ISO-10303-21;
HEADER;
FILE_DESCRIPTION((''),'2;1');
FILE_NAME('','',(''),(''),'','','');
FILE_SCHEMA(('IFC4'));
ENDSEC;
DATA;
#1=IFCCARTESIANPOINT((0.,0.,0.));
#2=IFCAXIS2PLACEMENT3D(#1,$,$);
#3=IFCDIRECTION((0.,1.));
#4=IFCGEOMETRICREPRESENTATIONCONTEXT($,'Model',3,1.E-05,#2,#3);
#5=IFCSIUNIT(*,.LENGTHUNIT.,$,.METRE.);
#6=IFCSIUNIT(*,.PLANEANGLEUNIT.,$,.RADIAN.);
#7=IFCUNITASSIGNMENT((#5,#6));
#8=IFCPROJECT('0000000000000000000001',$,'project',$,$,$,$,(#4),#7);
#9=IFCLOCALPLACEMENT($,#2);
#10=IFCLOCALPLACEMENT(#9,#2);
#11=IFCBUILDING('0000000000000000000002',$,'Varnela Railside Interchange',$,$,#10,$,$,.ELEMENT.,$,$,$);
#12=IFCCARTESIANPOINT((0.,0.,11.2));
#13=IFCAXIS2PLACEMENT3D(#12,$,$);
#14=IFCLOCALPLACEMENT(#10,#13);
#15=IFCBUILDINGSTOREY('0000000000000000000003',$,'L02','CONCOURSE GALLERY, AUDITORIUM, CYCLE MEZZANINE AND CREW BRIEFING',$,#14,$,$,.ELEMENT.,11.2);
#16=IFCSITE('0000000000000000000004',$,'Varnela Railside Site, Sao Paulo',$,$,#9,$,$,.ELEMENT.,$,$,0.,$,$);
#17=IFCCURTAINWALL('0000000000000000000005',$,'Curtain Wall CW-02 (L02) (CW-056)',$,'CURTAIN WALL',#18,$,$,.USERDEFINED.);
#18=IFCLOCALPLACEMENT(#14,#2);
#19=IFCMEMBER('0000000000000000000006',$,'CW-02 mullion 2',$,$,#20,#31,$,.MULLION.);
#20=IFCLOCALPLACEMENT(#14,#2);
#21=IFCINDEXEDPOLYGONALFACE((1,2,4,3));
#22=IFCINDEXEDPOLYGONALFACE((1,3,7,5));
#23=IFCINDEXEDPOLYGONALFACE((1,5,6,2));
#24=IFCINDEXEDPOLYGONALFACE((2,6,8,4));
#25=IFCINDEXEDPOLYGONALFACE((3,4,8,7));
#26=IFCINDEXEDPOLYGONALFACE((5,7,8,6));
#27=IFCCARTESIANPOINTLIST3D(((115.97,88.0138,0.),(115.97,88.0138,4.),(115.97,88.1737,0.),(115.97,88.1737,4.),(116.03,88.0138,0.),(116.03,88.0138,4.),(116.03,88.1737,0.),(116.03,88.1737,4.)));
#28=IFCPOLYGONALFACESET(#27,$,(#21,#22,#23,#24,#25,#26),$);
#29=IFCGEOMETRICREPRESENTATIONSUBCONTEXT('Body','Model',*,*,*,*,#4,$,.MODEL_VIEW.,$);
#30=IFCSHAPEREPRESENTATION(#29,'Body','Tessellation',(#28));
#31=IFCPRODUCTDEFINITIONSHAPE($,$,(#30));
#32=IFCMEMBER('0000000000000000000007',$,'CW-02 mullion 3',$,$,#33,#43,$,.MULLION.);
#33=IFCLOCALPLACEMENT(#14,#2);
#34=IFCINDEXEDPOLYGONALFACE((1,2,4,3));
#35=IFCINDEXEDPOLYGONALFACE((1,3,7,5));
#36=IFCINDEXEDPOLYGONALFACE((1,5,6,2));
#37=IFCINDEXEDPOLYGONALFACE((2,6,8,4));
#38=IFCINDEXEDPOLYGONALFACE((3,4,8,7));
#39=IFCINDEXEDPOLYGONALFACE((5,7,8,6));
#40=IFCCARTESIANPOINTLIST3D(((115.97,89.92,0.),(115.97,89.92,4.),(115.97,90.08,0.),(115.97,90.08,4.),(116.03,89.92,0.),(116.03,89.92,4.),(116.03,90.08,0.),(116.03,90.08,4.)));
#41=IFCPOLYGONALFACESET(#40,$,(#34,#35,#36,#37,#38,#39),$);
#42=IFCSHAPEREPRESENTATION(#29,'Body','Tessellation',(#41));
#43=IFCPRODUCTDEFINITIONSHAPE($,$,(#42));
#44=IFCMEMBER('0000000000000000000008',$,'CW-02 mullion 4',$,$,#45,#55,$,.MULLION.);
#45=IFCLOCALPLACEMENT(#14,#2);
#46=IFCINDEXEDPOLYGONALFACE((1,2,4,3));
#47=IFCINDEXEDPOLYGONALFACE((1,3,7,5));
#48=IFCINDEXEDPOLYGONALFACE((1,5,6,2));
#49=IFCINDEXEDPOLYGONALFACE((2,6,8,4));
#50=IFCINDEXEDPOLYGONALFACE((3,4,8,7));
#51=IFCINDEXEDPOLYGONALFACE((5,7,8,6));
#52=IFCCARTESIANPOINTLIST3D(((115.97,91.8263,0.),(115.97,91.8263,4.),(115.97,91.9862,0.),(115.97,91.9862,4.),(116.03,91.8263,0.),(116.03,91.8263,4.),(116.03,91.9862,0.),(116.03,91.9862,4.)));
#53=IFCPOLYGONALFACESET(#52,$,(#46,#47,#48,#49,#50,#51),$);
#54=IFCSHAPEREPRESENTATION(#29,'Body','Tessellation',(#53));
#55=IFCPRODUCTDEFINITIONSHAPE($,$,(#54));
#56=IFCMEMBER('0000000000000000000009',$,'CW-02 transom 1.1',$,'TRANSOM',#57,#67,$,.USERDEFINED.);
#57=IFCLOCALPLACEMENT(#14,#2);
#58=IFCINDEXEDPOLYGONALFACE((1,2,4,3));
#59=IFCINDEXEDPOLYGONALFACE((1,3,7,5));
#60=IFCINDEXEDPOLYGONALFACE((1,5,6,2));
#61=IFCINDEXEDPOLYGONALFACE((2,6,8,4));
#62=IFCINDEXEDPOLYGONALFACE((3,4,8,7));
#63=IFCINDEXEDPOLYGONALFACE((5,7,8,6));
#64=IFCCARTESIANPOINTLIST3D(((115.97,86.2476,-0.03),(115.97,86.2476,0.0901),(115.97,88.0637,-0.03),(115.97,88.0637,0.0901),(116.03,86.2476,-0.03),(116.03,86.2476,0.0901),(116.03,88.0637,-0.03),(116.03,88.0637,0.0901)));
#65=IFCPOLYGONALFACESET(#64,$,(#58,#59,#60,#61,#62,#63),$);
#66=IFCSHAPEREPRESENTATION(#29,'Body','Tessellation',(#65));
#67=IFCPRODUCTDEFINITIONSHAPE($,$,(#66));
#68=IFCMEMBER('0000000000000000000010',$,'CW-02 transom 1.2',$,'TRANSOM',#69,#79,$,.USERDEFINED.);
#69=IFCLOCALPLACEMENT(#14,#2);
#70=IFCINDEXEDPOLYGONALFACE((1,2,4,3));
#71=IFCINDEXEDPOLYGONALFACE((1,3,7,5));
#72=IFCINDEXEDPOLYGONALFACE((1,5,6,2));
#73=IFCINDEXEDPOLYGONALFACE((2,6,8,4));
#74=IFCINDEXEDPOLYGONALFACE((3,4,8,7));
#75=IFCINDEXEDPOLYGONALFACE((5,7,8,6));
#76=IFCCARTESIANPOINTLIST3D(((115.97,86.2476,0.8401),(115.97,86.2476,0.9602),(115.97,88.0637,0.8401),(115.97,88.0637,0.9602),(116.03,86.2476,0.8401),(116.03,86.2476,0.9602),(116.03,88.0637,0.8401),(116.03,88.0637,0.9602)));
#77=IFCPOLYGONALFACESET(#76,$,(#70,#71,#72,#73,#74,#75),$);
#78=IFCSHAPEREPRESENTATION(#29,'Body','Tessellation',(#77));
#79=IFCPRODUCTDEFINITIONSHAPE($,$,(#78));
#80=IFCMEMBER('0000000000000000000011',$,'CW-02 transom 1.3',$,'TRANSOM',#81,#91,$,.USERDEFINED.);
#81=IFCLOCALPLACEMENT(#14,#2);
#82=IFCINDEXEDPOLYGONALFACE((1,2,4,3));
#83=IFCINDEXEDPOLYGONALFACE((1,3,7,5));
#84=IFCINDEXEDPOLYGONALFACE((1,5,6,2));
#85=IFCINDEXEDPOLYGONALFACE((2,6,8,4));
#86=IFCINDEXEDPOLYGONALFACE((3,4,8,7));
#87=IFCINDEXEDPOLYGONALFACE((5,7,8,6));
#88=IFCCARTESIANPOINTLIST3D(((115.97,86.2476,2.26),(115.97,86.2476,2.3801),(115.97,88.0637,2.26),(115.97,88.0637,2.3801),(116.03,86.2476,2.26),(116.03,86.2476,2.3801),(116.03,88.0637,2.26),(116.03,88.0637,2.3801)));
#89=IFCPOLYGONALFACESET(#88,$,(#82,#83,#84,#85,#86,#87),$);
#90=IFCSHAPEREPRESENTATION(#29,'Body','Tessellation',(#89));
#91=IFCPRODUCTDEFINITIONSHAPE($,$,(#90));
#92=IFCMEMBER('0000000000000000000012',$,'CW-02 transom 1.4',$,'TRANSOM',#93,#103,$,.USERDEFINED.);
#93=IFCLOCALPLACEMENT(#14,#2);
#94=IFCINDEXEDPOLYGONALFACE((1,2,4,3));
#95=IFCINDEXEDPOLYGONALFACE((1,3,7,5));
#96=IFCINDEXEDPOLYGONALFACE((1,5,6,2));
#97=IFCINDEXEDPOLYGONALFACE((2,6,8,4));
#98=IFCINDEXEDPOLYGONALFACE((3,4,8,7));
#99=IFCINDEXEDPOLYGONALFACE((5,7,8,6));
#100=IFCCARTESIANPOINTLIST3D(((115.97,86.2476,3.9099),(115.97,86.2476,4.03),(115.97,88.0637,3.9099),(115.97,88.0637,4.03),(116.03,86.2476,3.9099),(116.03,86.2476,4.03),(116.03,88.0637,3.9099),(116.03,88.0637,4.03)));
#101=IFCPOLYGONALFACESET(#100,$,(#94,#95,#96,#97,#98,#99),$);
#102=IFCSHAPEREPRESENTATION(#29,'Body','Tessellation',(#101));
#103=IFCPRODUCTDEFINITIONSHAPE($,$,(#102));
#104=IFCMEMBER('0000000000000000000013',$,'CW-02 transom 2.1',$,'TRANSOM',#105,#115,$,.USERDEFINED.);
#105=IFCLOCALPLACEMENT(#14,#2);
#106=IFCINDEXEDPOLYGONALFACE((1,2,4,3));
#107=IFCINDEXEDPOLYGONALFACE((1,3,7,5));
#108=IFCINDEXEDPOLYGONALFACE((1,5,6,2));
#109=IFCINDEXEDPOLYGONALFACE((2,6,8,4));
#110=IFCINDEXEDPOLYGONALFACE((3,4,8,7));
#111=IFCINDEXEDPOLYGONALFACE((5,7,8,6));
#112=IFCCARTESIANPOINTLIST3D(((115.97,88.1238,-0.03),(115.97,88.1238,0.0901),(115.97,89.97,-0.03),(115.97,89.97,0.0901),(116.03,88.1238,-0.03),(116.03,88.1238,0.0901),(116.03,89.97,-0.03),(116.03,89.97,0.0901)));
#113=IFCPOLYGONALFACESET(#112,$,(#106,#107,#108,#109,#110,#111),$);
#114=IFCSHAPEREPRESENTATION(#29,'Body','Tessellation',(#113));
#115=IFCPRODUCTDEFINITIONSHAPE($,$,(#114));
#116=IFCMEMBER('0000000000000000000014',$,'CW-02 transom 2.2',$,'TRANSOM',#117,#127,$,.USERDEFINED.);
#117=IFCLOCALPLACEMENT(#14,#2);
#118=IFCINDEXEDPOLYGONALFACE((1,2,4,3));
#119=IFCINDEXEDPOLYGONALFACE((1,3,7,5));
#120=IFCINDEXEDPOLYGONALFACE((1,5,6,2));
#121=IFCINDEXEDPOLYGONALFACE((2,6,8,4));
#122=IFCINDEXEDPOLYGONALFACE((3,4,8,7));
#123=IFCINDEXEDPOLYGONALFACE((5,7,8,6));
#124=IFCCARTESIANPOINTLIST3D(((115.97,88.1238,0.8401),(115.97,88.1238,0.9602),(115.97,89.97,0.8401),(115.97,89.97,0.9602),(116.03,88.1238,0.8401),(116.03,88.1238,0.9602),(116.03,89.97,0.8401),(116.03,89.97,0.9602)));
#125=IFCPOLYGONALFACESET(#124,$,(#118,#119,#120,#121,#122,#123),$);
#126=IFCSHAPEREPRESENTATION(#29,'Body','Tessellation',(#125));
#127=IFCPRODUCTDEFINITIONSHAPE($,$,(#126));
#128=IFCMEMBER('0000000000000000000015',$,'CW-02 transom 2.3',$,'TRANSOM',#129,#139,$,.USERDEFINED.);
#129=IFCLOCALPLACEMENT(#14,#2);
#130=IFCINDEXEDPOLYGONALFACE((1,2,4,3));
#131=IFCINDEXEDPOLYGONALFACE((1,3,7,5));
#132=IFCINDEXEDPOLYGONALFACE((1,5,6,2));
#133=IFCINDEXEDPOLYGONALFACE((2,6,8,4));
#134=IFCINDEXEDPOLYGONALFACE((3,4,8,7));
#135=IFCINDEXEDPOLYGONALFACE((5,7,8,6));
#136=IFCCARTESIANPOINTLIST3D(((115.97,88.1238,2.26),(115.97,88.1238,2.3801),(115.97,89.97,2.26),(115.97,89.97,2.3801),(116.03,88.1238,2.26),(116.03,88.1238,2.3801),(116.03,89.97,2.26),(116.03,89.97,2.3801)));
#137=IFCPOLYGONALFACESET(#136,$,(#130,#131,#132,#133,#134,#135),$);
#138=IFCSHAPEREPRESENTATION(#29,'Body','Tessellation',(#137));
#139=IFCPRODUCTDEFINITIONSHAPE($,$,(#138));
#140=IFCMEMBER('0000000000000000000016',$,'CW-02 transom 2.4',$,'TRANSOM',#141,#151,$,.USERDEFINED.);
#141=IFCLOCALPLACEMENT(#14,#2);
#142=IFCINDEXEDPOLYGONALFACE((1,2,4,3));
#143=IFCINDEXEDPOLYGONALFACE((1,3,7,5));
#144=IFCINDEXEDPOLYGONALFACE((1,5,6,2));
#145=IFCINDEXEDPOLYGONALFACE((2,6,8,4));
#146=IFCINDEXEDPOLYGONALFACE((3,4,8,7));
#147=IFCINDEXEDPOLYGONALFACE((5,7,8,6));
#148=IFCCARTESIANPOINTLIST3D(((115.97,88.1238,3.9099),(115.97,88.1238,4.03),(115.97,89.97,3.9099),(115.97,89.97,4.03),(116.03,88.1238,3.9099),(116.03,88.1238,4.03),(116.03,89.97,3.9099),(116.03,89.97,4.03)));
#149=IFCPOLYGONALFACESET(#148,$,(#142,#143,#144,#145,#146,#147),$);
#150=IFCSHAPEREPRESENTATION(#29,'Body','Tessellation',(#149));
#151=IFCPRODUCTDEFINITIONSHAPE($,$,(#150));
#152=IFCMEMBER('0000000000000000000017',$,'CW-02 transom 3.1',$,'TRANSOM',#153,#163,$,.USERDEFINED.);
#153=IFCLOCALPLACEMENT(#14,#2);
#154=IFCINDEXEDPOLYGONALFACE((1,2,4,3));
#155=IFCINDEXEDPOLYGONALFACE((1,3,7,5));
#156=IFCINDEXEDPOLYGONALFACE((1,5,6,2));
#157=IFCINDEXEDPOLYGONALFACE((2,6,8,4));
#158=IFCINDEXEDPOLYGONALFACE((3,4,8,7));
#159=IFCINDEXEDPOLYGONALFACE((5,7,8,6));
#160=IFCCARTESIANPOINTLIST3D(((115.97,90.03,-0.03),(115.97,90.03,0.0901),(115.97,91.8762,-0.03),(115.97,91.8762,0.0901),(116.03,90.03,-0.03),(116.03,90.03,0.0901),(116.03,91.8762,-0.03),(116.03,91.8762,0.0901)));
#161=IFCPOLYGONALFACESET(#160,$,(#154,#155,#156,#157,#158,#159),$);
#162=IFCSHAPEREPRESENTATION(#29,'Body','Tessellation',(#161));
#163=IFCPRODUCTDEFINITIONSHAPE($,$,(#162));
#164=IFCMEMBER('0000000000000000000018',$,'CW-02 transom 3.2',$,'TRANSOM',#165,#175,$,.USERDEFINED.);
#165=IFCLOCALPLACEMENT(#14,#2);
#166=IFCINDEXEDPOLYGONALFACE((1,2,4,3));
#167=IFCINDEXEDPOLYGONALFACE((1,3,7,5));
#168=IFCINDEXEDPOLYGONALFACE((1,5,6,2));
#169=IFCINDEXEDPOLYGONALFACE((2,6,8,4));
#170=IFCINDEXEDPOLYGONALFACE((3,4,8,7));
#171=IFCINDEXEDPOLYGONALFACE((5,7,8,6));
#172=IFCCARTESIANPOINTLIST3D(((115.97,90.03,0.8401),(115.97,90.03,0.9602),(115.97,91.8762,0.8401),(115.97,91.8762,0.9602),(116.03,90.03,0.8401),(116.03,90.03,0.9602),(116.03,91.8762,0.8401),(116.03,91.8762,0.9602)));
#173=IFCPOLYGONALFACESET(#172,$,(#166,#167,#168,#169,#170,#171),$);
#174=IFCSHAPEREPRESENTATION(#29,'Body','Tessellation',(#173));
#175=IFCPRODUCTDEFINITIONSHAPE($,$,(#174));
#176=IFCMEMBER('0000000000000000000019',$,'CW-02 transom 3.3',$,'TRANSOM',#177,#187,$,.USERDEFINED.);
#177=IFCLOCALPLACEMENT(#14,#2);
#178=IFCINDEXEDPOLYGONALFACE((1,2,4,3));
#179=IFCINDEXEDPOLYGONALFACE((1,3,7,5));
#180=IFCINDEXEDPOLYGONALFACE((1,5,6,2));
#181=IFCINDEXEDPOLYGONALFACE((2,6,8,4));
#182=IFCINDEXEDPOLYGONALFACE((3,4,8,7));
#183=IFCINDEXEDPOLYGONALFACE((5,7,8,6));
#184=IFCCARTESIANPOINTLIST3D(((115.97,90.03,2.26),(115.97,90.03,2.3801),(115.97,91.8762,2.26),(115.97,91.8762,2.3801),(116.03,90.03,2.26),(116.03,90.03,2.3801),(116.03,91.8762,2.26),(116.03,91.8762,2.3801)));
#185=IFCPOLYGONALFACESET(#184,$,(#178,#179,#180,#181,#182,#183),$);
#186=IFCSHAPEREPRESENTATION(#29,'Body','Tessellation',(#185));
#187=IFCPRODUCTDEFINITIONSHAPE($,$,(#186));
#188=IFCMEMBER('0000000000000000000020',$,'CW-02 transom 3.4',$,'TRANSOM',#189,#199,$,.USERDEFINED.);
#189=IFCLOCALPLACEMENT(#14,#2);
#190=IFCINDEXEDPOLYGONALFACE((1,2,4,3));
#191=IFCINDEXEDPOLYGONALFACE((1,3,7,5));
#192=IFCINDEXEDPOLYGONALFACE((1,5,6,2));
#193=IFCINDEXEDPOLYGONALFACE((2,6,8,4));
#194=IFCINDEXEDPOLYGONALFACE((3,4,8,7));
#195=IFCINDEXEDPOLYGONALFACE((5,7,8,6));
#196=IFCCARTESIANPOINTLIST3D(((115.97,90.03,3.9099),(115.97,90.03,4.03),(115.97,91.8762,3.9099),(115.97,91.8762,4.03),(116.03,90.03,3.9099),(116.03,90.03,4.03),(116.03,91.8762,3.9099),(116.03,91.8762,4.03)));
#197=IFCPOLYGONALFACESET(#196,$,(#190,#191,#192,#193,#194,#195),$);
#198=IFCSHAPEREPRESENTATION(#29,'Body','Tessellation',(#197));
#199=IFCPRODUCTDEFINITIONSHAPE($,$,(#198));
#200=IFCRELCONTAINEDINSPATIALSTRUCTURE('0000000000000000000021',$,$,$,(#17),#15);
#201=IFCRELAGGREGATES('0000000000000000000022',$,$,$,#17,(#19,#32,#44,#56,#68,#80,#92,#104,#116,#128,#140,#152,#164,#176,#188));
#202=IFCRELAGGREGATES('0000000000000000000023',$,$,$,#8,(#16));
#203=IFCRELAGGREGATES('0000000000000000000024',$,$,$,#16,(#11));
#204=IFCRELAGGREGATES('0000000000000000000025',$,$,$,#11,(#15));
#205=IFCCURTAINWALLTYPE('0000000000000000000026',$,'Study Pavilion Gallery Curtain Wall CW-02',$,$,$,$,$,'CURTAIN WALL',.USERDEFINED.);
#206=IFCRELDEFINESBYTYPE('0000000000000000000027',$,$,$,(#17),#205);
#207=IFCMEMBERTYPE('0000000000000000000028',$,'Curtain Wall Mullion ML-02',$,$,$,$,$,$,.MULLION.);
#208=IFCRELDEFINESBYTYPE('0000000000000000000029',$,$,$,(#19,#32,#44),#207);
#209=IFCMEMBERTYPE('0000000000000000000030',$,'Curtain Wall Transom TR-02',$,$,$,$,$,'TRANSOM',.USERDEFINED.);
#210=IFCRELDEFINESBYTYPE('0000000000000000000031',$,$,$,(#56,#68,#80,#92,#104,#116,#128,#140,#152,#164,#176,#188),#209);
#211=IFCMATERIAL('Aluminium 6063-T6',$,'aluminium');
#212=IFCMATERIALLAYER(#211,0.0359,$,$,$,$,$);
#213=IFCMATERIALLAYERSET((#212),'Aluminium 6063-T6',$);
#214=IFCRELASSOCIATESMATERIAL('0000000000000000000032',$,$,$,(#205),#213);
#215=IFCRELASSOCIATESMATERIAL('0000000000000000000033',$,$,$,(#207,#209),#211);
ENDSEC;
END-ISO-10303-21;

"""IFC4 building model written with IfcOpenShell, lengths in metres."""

from ifc_helpers import new_model, si_unit, direction, frame, origin, origin_2d, place, context, subcontext, project, spatial, rectangle, extrude, material, layer, layer_set, material_profile, profile_set, type_object, element, aggregate, save


model = new_model("IFC4")

# Units and contexts
model_context = context("Model", 3, precision=1e-05, world=origin(), true_north=direction((0.0, 1.0)))
body_context = subcontext(model_context, "Body", "Model", "MODEL_VIEW")
ifc_project = project(units=[si_unit("LENGTHUNIT", "METRE"), si_unit("PLANEANGLEUNIT", "RADIAN")], contexts=[model_context])

# Site, building, storey
site_placement = place(None, origin())
site = spatial("IfcSite", under=ifc_project, at=site_placement, Name="Varnela Railside Site, Sao Paulo", CompositionType="ELEMENT", RefElevation=0.0)
building_placement = place(site_placement, origin())
building = spatial("IfcBuilding", under=site, at=building_placement, Name="Varnela Railside Interchange", CompositionType="ELEMENT")
storey_placement = place(building_placement, frame((0.0, 0.0, 11.2)))
storey = spatial("IfcBuildingStorey", under=building, at=storey_placement, Name="L02", Description="CONCOURSE GALLERY, AUDITORIUM, CYCLE MEZZANINE AND CREW BRIEFING", CompositionType="ELEMENT", Elevation=11.2)

# Curtain wall, members
ifc_material_1 = material(Name="Aluminium 6063-T6", Category="aluminium")
ifc_layer_1 = layer(ifc_material_1, 0.0359)
ifc_layer_set_1 = layer_set([ifc_layer_1], Name="Aluminium 6063-T6")
curtain_wall_type = type_object("IfcCurtainWallType", Name="Study Pavilion Gallery Curtain Wall CW-02", ElementType="CURTAIN WALL", PredefinedType="USERDEFINED", material=ifc_layer_set_1)
curtain_wall_placement = place(storey_placement, origin())
curtain_wall = element("IfcCurtainWall", 1, at=curtain_wall_placement, inside=storey, type_object=curtain_wall_type, Name="Curtain Wall CW-02 (L02) (CW-056)", ObjectType="CURTAIN WALL", PredefinedType="USERDEFINED")
ifc_material_profile_1 = material_profile(ifc_material_1, rectangle(XDim=0.0601, YDim=0.1599, at=origin_2d()), Name="ALU 60x160")
ifc_profile_set_1 = profile_set([ifc_material_profile_1], Name="Aluminium 6063-T6")
member_type_1 = type_object("IfcMemberType", Name="Curtain Wall Mullion ML-02", PredefinedType="MULLION", material=ifc_profile_set_1)
member_1_placement = place(storey_placement, frame((116.0, 88.0938, 0.0), z_axis=(0.0, 0.0, 1.0), x_axis=(-1.0, 0.0, 0.0)))
member_1 = element("IfcMember", 2, at=member_1_placement, type_object=member_type_1, Name="CW-02 mullion 2", PredefinedType="MULLION", context=body_context, shape_type="SweptSolid", body=[
    extrude(rectangle(XDim=0.0601, YDim=0.1599, at=origin_2d()), origin(), (0.0, 0.0, 1.0), 4.0),
])
member_2_placement = place(storey_placement, frame((116.0, 90.0, 0.0), z_axis=(0.0, 0.0, 1.0), x_axis=(-1.0, 0.0, 0.0)))
member_2 = element("IfcMember", 3, at=member_2_placement, type_object=member_type_1, Name="CW-02 mullion 3", PredefinedType="MULLION", context=body_context, shape_type="SweptSolid", body=[
    extrude(rectangle(XDim=0.0601, YDim=0.1599, at=origin_2d()), origin(), (0.0, 0.0, 1.0), 4.0),
])
member_3_placement = place(storey_placement, frame((116.0, 91.9062, 0.0), z_axis=(0.0, 0.0, 1.0), x_axis=(-1.0, 0.0, 0.0)))
member_3 = element("IfcMember", 4, at=member_3_placement, type_object=member_type_1, Name="CW-02 mullion 4", PredefinedType="MULLION", context=body_context, shape_type="SweptSolid", body=[
    extrude(rectangle(XDim=0.0601, YDim=0.1599, at=origin_2d()), origin(), (0.0, 0.0, 1.0), 4.0),
])
ifc_material_profile_2 = material_profile(ifc_material_1, rectangle(XDim=0.0601, YDim=0.1201, at=origin_2d()), Name="ALU 60x120")
ifc_profile_set_2 = profile_set([ifc_material_profile_2], Name="Aluminium 6063-T6")
member_type_2 = type_object("IfcMemberType", Name="Curtain Wall Transom TR-02", ElementType="TRANSOM", PredefinedType="USERDEFINED", material=ifc_profile_set_2)
member_4_placement = place(storey_placement, frame((116.0, 86.2476, 0.03), z_axis=(0.0, 1.0, 0.0), x_axis=(-1.0, 0.0, 0.0)))
member_4 = element("IfcMember", 5, at=member_4_placement, type_object=member_type_2, Name="CW-02 transom 1.1", ObjectType="TRANSOM", PredefinedType="USERDEFINED", context=body_context, shape_type="SweptSolid", body=[
    extrude(rectangle(XDim=0.0601, YDim=0.1201, at=origin_2d()), origin(), (0.0, 0.0, 1.0), 1.8162),
])
member_5_placement = place(storey_placement, frame((116.0, 86.2476, 0.9001), z_axis=(0.0, 1.0, 0.0), x_axis=(-1.0, 0.0, 0.0)))
member_5 = element("IfcMember", 6, at=member_5_placement, type_object=member_type_2, Name="CW-02 transom 1.2", ObjectType="TRANSOM", PredefinedType="USERDEFINED", context=body_context, shape_type="SweptSolid", body=[
    extrude(rectangle(XDim=0.0601, YDim=0.1201, at=origin_2d()), origin(), (0.0, 0.0, 1.0), 1.8162),
])
member_6_placement = place(storey_placement, frame((116.0, 86.2476, 2.3201), z_axis=(0.0, 1.0, 0.0), x_axis=(-1.0, 0.0, 0.0)))
member_6 = element("IfcMember", 7, at=member_6_placement, type_object=member_type_2, Name="CW-02 transom 1.3", ObjectType="TRANSOM", PredefinedType="USERDEFINED", context=body_context, shape_type="SweptSolid", body=[
    extrude(rectangle(XDim=0.0601, YDim=0.1201, at=origin_2d()), origin(), (0.0, 0.0, 1.0), 1.8162),
])
member_7_placement = place(storey_placement, frame((116.0, 86.2476, 3.97), z_axis=(0.0, 1.0, 0.0), x_axis=(-1.0, 0.0, 0.0)))
member_7 = element("IfcMember", 8, at=member_7_placement, type_object=member_type_2, Name="CW-02 transom 1.4", ObjectType="TRANSOM", PredefinedType="USERDEFINED", context=body_context, shape_type="SweptSolid", body=[
    extrude(rectangle(XDim=0.0601, YDim=0.1201, at=origin_2d()), origin(), (0.0, 0.0, 1.0), 1.8162),
])
member_8_placement = place(storey_placement, frame((116.0, 88.1238, 0.03), z_axis=(0.0, 1.0, 0.0), x_axis=(-1.0, 0.0, 0.0)))
member_8 = element("IfcMember", 9, at=member_8_placement, type_object=member_type_2, Name="CW-02 transom 2.1", ObjectType="TRANSOM", PredefinedType="USERDEFINED", context=body_context, shape_type="SweptSolid", body=[
    extrude(rectangle(XDim=0.0601, YDim=0.1201, at=origin_2d()), origin(), (0.0, 0.0, 1.0), 1.8462),
])
member_9_placement = place(storey_placement, frame((116.0, 88.1238, 0.9001), z_axis=(0.0, 1.0, 0.0), x_axis=(-1.0, 0.0, 0.0)))
member_9 = element("IfcMember", 10, at=member_9_placement, type_object=member_type_2, Name="CW-02 transom 2.2", ObjectType="TRANSOM", PredefinedType="USERDEFINED", context=body_context, shape_type="SweptSolid", body=[
    extrude(rectangle(XDim=0.0601, YDim=0.1201, at=origin_2d()), origin(), (0.0, 0.0, 1.0), 1.8462),
])
member_10_placement = place(storey_placement, frame((116.0, 88.1238, 2.3201), z_axis=(0.0, 1.0, 0.0), x_axis=(-1.0, 0.0, 0.0)))
member_10 = element("IfcMember", 11, at=member_10_placement, type_object=member_type_2, Name="CW-02 transom 2.3", ObjectType="TRANSOM", PredefinedType="USERDEFINED", context=body_context, shape_type="SweptSolid", body=[
    extrude(rectangle(XDim=0.0601, YDim=0.1201, at=origin_2d()), origin(), (0.0, 0.0, 1.0), 1.8462),
])
member_11_placement = place(storey_placement, frame((116.0, 88.1238, 3.97), z_axis=(0.0, 1.0, 0.0), x_axis=(-1.0, 0.0, 0.0)))
member_11 = element("IfcMember", 12, at=member_11_placement, type_object=member_type_2, Name="CW-02 transom 2.4", ObjectType="TRANSOM", PredefinedType="USERDEFINED", context=body_context, shape_type="SweptSolid", body=[
    extrude(rectangle(XDim=0.0601, YDim=0.1201, at=origin_2d()), origin(), (0.0, 0.0, 1.0), 1.8462),
])
member_12_placement = place(storey_placement, frame((116.0, 90.03, 0.03), z_axis=(0.0, 1.0, 0.0), x_axis=(-1.0, 0.0, 0.0)))
member_12 = element("IfcMember", 13, at=member_12_placement, type_object=member_type_2, Name="CW-02 transom 3.1", ObjectType="TRANSOM", PredefinedType="USERDEFINED", context=body_context, shape_type="SweptSolid", body=[
    extrude(rectangle(XDim=0.0601, YDim=0.1201, at=origin_2d()), origin(), (0.0, 0.0, 1.0), 1.8462),
])
member_13_placement = place(storey_placement, frame((116.0, 90.03, 0.9001), z_axis=(0.0, 1.0, 0.0), x_axis=(-1.0, 0.0, 0.0)))
member_13 = element("IfcMember", 14, at=member_13_placement, type_object=member_type_2, Name="CW-02 transom 3.2", ObjectType="TRANSOM", PredefinedType="USERDEFINED", context=body_context, shape_type="SweptSolid", body=[
    extrude(rectangle(XDim=0.0601, YDim=0.1201, at=origin_2d()), origin(), (0.0, 0.0, 1.0), 1.8462),
])
member_14_placement = place(storey_placement, frame((116.0, 90.03, 2.3201), z_axis=(0.0, 1.0, 0.0), x_axis=(-1.0, 0.0, 0.0)))
member_14 = element("IfcMember", 15, at=member_14_placement, type_object=member_type_2, Name="CW-02 transom 3.3", ObjectType="TRANSOM", PredefinedType="USERDEFINED", context=body_context, shape_type="SweptSolid", body=[
    extrude(rectangle(XDim=0.0601, YDim=0.1201, at=origin_2d()), origin(), (0.0, 0.0, 1.0), 1.8462),
])
member_15_placement = place(storey_placement, frame((116.0, 90.03, 3.97), z_axis=(0.0, 1.0, 0.0), x_axis=(-1.0, 0.0, 0.0)))
member_15 = element("IfcMember", 16, at=member_15_placement, type_object=member_type_2, Name="CW-02 transom 3.4", ObjectType="TRANSOM", PredefinedType="USERDEFINED", context=body_context, shape_type="SweptSolid", body=[
    extrude(rectangle(XDim=0.0601, YDim=0.1201, at=origin_2d()), origin(), (0.0, 0.0, 1.0), 1.8462),
])
aggregate(curtain_wall, [member_1, member_2, member_3, member_4, member_5, member_6, member_7, member_8, member_9, member_10, member_11, member_12, member_13, member_14, member_15])

save(model, "model.ifc")
